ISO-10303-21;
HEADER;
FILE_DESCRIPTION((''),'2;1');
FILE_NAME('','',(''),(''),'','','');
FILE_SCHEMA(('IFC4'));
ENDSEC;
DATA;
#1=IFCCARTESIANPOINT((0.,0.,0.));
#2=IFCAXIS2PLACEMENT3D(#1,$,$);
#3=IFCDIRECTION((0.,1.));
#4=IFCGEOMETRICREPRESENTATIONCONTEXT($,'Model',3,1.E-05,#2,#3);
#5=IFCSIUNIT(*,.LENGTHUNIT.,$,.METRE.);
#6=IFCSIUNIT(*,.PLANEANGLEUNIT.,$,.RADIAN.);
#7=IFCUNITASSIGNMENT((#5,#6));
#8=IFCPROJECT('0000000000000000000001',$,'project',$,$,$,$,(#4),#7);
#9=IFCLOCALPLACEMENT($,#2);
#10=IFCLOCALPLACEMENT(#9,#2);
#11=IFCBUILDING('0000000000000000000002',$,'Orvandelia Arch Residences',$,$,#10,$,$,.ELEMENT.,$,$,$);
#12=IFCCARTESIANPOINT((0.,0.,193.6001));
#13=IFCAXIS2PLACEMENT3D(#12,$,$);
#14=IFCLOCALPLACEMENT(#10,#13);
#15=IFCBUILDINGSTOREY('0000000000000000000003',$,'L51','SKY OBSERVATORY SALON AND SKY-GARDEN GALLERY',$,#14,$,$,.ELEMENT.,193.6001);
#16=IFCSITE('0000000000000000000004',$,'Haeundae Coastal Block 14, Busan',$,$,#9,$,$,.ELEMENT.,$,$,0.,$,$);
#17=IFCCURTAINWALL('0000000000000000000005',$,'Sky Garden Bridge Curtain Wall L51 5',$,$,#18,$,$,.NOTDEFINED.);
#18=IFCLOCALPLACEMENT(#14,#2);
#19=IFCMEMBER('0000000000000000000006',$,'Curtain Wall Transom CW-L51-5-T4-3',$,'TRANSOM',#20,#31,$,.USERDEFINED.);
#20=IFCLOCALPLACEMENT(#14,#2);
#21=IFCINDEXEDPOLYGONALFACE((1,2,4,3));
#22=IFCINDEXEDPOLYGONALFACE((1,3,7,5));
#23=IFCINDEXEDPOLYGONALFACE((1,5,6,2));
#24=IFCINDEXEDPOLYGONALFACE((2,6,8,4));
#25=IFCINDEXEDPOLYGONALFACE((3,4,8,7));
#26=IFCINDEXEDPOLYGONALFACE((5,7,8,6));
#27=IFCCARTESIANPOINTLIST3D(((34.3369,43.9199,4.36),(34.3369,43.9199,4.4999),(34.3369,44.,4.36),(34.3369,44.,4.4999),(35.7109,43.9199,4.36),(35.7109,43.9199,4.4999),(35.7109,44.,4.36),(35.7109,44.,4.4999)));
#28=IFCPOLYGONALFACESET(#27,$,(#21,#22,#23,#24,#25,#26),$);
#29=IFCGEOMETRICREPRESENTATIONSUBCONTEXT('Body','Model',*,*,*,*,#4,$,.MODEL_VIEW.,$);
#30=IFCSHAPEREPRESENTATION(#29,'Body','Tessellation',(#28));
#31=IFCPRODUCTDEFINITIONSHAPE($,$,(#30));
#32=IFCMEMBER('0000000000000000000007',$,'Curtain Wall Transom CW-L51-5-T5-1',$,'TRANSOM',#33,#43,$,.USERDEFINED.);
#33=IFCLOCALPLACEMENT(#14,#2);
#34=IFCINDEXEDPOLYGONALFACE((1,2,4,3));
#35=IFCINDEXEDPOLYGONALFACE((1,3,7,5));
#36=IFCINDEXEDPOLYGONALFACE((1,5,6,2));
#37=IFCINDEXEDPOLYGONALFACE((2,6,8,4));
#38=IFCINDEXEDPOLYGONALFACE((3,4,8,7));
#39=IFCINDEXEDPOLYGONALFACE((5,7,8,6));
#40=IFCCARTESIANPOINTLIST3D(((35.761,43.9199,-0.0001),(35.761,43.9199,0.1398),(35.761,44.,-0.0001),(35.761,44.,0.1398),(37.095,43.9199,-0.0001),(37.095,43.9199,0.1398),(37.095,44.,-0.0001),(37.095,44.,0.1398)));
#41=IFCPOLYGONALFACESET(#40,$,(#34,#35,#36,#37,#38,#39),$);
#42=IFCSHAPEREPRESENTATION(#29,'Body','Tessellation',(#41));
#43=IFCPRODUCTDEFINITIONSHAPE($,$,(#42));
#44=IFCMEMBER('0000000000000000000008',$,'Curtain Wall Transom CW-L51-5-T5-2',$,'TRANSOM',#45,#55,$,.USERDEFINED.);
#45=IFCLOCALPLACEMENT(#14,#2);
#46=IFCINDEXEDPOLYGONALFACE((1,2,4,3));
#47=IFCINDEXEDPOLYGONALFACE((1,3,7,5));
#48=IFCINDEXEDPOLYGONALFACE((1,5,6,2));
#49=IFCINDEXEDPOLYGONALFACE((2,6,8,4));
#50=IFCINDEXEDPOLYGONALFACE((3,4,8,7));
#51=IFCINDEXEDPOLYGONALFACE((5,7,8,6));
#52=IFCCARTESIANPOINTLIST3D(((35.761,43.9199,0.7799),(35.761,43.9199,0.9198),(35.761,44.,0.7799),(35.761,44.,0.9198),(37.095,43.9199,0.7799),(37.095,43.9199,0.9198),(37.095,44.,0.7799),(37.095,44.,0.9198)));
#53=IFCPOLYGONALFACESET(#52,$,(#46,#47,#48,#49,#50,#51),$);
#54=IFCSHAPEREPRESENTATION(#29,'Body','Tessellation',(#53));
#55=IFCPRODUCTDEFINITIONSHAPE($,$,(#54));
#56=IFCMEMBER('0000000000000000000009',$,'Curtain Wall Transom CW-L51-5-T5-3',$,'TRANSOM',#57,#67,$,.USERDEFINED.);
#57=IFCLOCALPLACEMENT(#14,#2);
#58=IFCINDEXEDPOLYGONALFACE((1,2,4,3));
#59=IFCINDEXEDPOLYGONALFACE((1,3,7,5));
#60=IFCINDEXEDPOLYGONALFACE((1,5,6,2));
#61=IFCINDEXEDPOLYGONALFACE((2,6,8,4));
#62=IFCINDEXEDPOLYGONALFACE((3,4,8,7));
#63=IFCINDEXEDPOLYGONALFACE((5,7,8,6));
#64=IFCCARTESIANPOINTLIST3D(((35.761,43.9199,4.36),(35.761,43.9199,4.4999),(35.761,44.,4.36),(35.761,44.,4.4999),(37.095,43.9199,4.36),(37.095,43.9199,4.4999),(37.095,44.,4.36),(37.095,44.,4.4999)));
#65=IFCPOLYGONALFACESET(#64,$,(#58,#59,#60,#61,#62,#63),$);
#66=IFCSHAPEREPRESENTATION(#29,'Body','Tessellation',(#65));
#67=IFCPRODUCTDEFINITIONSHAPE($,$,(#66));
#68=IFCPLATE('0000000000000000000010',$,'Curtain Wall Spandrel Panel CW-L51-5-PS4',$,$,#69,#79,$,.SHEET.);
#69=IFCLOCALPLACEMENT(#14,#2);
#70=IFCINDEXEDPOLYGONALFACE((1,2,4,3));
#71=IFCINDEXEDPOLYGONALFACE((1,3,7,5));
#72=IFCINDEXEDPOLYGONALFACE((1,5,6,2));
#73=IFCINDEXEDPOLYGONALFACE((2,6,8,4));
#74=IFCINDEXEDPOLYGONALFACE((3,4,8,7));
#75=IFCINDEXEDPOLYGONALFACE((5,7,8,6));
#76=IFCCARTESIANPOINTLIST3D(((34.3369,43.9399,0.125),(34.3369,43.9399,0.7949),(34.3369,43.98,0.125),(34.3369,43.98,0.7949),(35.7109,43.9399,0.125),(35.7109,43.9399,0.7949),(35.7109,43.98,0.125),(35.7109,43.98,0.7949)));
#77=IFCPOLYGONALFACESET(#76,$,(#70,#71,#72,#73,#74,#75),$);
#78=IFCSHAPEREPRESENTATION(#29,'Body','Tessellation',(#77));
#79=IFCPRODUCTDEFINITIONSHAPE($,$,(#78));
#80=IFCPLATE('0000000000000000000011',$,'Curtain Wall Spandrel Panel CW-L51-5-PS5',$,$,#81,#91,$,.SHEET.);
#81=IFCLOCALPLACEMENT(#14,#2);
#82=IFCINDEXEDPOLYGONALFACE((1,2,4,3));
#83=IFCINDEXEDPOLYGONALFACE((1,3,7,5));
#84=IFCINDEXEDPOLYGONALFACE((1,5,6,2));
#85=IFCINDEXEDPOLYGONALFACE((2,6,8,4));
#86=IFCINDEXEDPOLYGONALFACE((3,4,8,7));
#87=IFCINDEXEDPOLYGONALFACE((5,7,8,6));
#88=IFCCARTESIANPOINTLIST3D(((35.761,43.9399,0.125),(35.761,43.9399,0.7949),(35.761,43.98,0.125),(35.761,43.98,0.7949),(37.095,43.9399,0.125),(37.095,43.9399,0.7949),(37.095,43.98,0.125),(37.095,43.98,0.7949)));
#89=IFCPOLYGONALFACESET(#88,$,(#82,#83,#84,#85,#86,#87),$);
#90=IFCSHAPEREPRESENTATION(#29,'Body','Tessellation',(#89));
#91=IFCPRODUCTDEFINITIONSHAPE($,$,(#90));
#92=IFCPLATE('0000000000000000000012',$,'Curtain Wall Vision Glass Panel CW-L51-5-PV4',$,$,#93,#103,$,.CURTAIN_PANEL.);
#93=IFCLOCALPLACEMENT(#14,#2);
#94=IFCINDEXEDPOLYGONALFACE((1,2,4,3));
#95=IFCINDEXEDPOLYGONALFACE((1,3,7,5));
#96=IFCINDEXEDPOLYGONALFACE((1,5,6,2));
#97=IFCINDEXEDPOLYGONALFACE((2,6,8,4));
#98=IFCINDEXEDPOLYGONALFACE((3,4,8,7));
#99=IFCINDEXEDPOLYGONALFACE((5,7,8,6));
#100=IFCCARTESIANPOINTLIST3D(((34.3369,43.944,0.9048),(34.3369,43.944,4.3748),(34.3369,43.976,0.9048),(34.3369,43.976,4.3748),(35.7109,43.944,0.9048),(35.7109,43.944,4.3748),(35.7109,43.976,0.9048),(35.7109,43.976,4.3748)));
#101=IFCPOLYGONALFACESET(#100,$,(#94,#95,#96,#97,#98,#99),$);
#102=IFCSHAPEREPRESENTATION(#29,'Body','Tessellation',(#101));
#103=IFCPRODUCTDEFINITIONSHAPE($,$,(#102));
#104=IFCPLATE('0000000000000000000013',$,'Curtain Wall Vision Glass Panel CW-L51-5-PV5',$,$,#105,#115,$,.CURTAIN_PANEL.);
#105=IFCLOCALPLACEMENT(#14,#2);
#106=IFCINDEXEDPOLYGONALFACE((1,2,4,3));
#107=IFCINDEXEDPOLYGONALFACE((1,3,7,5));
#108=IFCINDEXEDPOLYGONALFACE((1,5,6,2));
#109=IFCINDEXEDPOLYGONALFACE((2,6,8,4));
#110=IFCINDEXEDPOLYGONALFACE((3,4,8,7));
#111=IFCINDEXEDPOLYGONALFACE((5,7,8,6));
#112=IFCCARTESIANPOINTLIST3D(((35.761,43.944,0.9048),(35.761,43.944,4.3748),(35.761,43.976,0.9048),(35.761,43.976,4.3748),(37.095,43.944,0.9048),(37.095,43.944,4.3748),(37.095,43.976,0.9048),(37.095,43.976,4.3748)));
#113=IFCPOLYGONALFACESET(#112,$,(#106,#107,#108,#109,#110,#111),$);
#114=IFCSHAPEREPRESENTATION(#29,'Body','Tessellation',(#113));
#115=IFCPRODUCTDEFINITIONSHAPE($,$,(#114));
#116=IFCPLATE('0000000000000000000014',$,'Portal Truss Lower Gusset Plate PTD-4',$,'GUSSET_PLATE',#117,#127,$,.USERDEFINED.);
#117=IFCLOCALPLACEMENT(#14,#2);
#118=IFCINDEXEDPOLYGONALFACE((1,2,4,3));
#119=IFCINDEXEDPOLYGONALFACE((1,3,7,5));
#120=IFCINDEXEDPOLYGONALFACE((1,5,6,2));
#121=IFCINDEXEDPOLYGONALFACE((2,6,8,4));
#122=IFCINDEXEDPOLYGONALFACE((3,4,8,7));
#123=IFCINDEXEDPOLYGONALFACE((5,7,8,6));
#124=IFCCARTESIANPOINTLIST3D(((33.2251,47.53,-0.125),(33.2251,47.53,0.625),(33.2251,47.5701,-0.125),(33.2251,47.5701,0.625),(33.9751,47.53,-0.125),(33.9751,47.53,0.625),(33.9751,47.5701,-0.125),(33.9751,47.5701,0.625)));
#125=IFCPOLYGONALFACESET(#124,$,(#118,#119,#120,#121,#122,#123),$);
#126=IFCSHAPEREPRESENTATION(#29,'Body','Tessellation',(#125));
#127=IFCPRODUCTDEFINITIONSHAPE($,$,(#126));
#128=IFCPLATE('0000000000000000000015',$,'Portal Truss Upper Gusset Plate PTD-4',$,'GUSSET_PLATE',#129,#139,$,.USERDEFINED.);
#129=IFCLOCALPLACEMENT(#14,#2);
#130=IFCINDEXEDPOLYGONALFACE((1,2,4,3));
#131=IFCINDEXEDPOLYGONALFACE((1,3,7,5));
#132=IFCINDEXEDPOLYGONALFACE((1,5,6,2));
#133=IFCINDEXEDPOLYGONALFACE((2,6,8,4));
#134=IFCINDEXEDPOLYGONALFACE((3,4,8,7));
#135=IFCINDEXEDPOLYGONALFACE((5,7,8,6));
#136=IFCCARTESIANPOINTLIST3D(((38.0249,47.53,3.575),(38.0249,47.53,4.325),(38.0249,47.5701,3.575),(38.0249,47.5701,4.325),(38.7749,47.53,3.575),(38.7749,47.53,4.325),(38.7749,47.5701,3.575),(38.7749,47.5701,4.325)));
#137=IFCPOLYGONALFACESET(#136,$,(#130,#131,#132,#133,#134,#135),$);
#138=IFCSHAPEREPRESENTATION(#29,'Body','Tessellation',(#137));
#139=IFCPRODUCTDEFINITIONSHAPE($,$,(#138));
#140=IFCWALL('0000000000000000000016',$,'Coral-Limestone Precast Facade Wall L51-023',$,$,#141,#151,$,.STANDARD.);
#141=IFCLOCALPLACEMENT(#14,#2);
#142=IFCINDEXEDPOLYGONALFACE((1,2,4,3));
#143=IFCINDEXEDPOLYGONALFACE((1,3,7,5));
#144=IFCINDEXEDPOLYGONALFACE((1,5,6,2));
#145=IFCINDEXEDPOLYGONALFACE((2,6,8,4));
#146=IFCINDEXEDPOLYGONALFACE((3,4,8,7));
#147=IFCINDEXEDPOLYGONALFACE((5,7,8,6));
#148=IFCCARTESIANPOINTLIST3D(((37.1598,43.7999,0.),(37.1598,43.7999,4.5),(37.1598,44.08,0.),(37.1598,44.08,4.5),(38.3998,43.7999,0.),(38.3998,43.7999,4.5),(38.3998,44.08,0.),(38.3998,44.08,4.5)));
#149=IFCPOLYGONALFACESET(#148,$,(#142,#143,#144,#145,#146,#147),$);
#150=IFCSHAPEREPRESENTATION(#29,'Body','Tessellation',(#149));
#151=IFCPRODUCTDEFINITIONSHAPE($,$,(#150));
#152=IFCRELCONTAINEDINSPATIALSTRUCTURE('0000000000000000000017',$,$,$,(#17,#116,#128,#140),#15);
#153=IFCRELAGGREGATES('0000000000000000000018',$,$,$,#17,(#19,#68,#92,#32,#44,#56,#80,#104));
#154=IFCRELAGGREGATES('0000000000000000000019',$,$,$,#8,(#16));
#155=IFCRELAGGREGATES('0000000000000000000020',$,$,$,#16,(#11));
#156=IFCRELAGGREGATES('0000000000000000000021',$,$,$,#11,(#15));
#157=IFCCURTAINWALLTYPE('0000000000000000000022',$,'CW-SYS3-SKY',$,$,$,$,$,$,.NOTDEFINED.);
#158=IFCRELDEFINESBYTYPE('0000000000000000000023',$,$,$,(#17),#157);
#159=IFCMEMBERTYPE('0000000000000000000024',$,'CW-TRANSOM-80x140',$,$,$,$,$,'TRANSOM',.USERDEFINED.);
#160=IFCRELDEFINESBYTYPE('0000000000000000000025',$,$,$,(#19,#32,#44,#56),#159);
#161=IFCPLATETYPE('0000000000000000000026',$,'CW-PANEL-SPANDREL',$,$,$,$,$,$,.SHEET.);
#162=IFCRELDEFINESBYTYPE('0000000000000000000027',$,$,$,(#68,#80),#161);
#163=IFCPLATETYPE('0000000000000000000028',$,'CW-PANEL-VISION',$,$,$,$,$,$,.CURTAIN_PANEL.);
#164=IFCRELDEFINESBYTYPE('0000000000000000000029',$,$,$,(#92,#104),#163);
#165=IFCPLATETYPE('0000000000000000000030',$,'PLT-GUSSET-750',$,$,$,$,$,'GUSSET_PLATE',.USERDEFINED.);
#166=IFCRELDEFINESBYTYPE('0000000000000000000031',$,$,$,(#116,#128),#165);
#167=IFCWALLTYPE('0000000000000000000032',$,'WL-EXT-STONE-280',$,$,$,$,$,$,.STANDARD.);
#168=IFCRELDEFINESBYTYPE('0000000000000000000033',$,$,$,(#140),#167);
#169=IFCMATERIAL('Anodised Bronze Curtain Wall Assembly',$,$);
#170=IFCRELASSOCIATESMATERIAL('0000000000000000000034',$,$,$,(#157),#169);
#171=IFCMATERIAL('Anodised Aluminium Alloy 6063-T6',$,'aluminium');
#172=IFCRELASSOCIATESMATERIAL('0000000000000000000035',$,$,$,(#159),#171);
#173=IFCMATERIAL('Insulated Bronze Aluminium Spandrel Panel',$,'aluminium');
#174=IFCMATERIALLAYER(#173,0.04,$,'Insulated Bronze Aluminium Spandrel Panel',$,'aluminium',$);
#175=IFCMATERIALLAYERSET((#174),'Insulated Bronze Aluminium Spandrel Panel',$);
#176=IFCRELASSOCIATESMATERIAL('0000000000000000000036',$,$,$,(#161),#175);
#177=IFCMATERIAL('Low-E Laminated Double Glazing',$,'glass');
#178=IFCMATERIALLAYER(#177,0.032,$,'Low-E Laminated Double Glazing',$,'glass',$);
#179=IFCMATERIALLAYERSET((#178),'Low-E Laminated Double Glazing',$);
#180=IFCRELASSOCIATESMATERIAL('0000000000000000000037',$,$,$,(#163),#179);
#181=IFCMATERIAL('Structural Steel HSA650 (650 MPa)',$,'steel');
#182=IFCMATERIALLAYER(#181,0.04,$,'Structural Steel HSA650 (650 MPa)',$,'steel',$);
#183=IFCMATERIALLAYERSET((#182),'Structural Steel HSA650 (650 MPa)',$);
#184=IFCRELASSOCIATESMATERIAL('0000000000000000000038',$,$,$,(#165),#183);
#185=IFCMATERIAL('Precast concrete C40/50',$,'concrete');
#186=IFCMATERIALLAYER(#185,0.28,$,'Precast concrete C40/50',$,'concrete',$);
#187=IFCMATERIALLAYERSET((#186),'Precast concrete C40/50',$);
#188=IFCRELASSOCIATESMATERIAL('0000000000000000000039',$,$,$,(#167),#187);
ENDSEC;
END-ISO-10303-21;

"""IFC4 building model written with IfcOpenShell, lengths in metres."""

from ifc_helpers import new_model, si_unit, direction, frame, frame_2d, origin, origin_2d, place, context, subcontext, project, spatial, rectangle, extrude, material, layer, layer_set, material_profile, profile_set, type_object, element, aggregate, save


model = new_model("IFC4")

# Units and contexts
model_context = context("Model", 3, precision=1e-05, world=origin(), true_north=direction((0.0, 1.0)))
body_context = subcontext(model_context, "Body", "Model", "MODEL_VIEW")
ifc_project = project(units=[si_unit("LENGTHUNIT", "METRE"), si_unit("PLANEANGLEUNIT", "RADIAN")], contexts=[model_context])

# Site, building, storey
site_placement = place(None, origin())
site = spatial("IfcSite", under=ifc_project, at=site_placement, Name="Haeundae Coastal Block 14, Busan", CompositionType="ELEMENT", RefElevation=0.0)
building_placement = place(site_placement, origin())
building = spatial("IfcBuilding", under=site, at=building_placement, Name="Orvandelia Arch Residences", CompositionType="ELEMENT")
storey_placement = place(building_placement, frame((0.0, 0.0, 193.6001)))
storey = spatial("IfcBuildingStorey", under=building, at=storey_placement, Name="L51", Description="SKY OBSERVATORY SALON AND SKY-GARDEN GALLERY", CompositionType="ELEMENT", Elevation=193.6001)

# Curtain wall, members, plates
ifc_material_1 = material(Name="Anodised Bronze Curtain Wall Assembly")
curtain_wall_type = type_object("IfcCurtainWallType", Name="CW-SYS3-SKY", PredefinedType="NOTDEFINED", material=ifc_material_1)
curtain_wall_placement = place(storey_placement, origin())
curtain_wall = element("IfcCurtainWall", 1, at=curtain_wall_placement, inside=storey, type_object=curtain_wall_type, Name="Sky Garden Bridge Curtain Wall L51 5", PredefinedType="NOTDEFINED")
ifc_material_2 = material(Name="Anodised Aluminium Alloy 6063-T6", Category="aluminium")
ifc_material_profile_1 = material_profile(ifc_material_2, rectangle(XDim=0.0801, YDim=0.1399, at=origin_2d()), Name="Anodised Aluminium Alloy 6063-T6", Category="aluminium")
ifc_profile_set_1 = profile_set([ifc_material_profile_1], Name="Anodised Aluminium Alloy 6063-T6")
member_type_1 = type_object("IfcMemberType", Name="CW-TRANSOM-80x140", ElementType="TRANSOM", PredefinedType="USERDEFINED", material=ifc_profile_set_1)
member_1_placement = place(storey_placement, frame((34.3369, 43.96, 4.4299), z_axis=(1.0, 0.0, 0.0), x_axis=(0.0, 1.0, 0.0)))
member_1 = element("IfcMember", 2, at=member_1_placement, type_object=member_type_1, Name="Curtain Wall Transom CW-L51-5-T4-3", ObjectType="TRANSOM", PredefinedType="USERDEFINED", context=body_context, shape_type="SweptSolid", body=[
    extrude(rectangle(XDim=0.0801, YDim=0.1399, at=origin_2d()), origin(), (0.0, 0.0, 1.0), 1.374),
])
member_2_placement = place(storey_placement, frame((35.761, 43.96, 0.0698), z_axis=(1.0, 0.0, 0.0), x_axis=(0.0, 1.0, 0.0)))
member_2 = element("IfcMember", 3, at=member_2_placement, type_object=member_type_1, Name="Curtain Wall Transom CW-L51-5-T5-1", ObjectType="TRANSOM", PredefinedType="USERDEFINED", context=body_context, shape_type="SweptSolid", body=[
    extrude(rectangle(XDim=0.0801, YDim=0.1399, at=origin_2d()), origin(), (0.0, 0.0, 1.0), 1.334),
])
member_3_placement = place(storey_placement, frame((35.761, 43.96, 0.8499), z_axis=(1.0, 0.0, 0.0), x_axis=(0.0, 1.0, 0.0)))
member_3 = element("IfcMember", 4, at=member_3_placement, type_object=member_type_1, Name="Curtain Wall Transom CW-L51-5-T5-2", ObjectType="TRANSOM", PredefinedType="USERDEFINED", context=body_context, shape_type="SweptSolid", body=[
    extrude(rectangle(XDim=0.0801, YDim=0.1399, at=origin_2d()), origin(), (0.0, 0.0, 1.0), 1.334),
])
member_4_placement = place(storey_placement, frame((35.761, 43.96, 4.4299), z_axis=(1.0, 0.0, 0.0), x_axis=(0.0, 1.0, 0.0)))
member_4 = element("IfcMember", 5, at=member_4_placement, type_object=member_type_1, Name="Curtain Wall Transom CW-L51-5-T5-3", ObjectType="TRANSOM", PredefinedType="USERDEFINED", context=body_context, shape_type="SweptSolid", body=[
    extrude(rectangle(XDim=0.0801, YDim=0.1399, at=origin_2d()), origin(), (0.0, 0.0, 1.0), 1.334),
])
ifc_material_3 = material(Name="Insulated Bronze Aluminium Spandrel Panel", Category="aluminium")
ifc_layer_1 = layer(ifc_material_3, 0.04, Name="Insulated Bronze Aluminium Spandrel Panel", Category="aluminium")
ifc_layer_set_1 = layer_set([ifc_layer_1], Name="Insulated Bronze Aluminium Spandrel Panel")
plate_type_1 = type_object("IfcPlateType", Name="CW-PANEL-SPANDREL", PredefinedType="SHEET", material=ifc_layer_set_1)
plate_1_placement = place(storey_placement, frame((35.0239, 43.96, 0.125), z_axis=(0.0, 0.0, 1.0), x_axis=(1.0, 0.0, 0.0)))
plate_1 = element("IfcPlate", 6, at=plate_1_placement, type_object=plate_type_1, Name="Curtain Wall Spandrel Panel CW-L51-5-PS4", PredefinedType="SHEET", context=body_context, shape_type="SweptSolid", body=[
    extrude(rectangle(XDim=1.374, YDim=0.04, at=origin_2d()), origin(), (0.0, 0.0, 1.0), 0.6699),
])
plate_2_placement = place(storey_placement, frame((36.428, 43.96, 0.125), z_axis=(0.0, 0.0, 1.0), x_axis=(1.0, 0.0, 0.0)))
plate_2 = element("IfcPlate", 7, at=plate_2_placement, type_object=plate_type_1, Name="Curtain Wall Spandrel Panel CW-L51-5-PS5", PredefinedType="SHEET", context=body_context, shape_type="SweptSolid", body=[
    extrude(rectangle(XDim=1.334, YDim=0.04, at=origin_2d()), origin(), (0.0, 0.0, 1.0), 0.6699),
])
ifc_material_4 = material(Name="Low-E Laminated Double Glazing", Category="glass")
ifc_layer_2 = layer(ifc_material_4, 0.032, Name="Low-E Laminated Double Glazing", Category="glass")
ifc_layer_set_2 = layer_set([ifc_layer_2], Name="Low-E Laminated Double Glazing")
plate_type_2 = type_object("IfcPlateType", Name="CW-PANEL-VISION", PredefinedType="CURTAIN_PANEL", material=ifc_layer_set_2)
plate_3_placement = place(storey_placement, frame((35.0239, 43.96, 0.9048), z_axis=(0.0, 0.0, 1.0), x_axis=(1.0, 0.0, 0.0)))
plate_3 = element("IfcPlate", 8, at=plate_3_placement, type_object=plate_type_2, Name="Curtain Wall Vision Glass Panel CW-L51-5-PV4", PredefinedType="CURTAIN_PANEL", context=body_context, shape_type="SweptSolid", body=[
    extrude(rectangle(XDim=1.374, YDim=0.032, at=origin_2d()), origin(), (0.0, 0.0, 1.0), 3.47),
])
plate_4_placement = place(storey_placement, frame((36.428, 43.96, 0.9048), z_axis=(0.0, 0.0, 1.0), x_axis=(1.0, 0.0, 0.0)))
plate_4 = element("IfcPlate", 9, at=plate_4_placement, type_object=plate_type_2, Name="Curtain Wall Vision Glass Panel CW-L51-5-PV5", PredefinedType="CURTAIN_PANEL", context=body_context, shape_type="SweptSolid", body=[
    extrude(rectangle(XDim=1.334, YDim=0.032, at=origin_2d()), origin(), (0.0, 0.0, 1.0), 3.47),
])
aggregate(curtain_wall, [member_1, plate_1, plate_3, member_2, member_3, member_4, plate_2, plate_4])

# Plates
ifc_material_5 = material(Name="Structural Steel HSA650 (650 MPa)", Category="steel")
ifc_layer_3 = layer(ifc_material_5, 0.04, Name="Structural Steel HSA650 (650 MPa)", Category="steel")
ifc_layer_set_3 = layer_set([ifc_layer_3], Name="Structural Steel HSA650 (650 MPa)")
plate_type_3 = type_object("IfcPlateType", Name="PLT-GUSSET-750", ElementType="GUSSET_PLATE", PredefinedType="USERDEFINED", material=ifc_layer_set_3)
for number, where, z_axis, x_axis, name in (
    (10, (33.6001, 47.55, -0.125), (0.0, 0.0, 1.0), (1.0, 0.0, 0.0), "Portal Truss Lower Gusset Plate PTD-4"),
    (11, (38.3999, 47.55, 3.575), (0.0, 0.0, 1.0), (1.0, 0.0, 0.0), "Portal Truss Upper Gusset Plate PTD-4"),
):
    element("IfcPlate", number, at=place(storey_placement, frame(where, z_axis=z_axis, x_axis=x_axis)), inside=storey, type_object=plate_type_3, Name=name, ObjectType="GUSSET_PLATE", PredefinedType="USERDEFINED", context=body_context, shape_type="SweptSolid", body=[
        extrude(rectangle(XDim=0.75, YDim=0.04, at=origin_2d()), origin(), (0.0, 0.0, 1.0), 0.75),
    ])

# Wall
ifc_material_6 = material(Name="Precast concrete C40/50", Category="concrete")
ifc_layer_4 = layer(ifc_material_6, 0.28, Name="Precast concrete C40/50", Category="concrete")
ifc_layer_set_4 = layer_set([ifc_layer_4], Name="Precast concrete C40/50")
wall_type = type_object("IfcWallType", Name="WL-EXT-STONE-280", PredefinedType="STANDARD", material=ifc_layer_set_4)
wall_placement = place(storey_placement, frame((38.3999, 43.9399, 0.0), z_axis=(0.0, 0.0, 1.0), x_axis=(-1.0, 0.0, 0.0)))
element("IfcWall", 12, at=wall_placement, inside=storey, type_object=wall_type, Name="Coral-Limestone Precast Facade Wall L51-023", PredefinedType="STANDARD", context=body_context, shape_type="SweptSolid", body=[
    extrude(rectangle(XDim=1.24, YDim=0.28, at=frame_2d((0.6201, 0.0))), origin(), (0.0, 0.0, 1.0), 4.5),
])

save(model, "model.ifc")
